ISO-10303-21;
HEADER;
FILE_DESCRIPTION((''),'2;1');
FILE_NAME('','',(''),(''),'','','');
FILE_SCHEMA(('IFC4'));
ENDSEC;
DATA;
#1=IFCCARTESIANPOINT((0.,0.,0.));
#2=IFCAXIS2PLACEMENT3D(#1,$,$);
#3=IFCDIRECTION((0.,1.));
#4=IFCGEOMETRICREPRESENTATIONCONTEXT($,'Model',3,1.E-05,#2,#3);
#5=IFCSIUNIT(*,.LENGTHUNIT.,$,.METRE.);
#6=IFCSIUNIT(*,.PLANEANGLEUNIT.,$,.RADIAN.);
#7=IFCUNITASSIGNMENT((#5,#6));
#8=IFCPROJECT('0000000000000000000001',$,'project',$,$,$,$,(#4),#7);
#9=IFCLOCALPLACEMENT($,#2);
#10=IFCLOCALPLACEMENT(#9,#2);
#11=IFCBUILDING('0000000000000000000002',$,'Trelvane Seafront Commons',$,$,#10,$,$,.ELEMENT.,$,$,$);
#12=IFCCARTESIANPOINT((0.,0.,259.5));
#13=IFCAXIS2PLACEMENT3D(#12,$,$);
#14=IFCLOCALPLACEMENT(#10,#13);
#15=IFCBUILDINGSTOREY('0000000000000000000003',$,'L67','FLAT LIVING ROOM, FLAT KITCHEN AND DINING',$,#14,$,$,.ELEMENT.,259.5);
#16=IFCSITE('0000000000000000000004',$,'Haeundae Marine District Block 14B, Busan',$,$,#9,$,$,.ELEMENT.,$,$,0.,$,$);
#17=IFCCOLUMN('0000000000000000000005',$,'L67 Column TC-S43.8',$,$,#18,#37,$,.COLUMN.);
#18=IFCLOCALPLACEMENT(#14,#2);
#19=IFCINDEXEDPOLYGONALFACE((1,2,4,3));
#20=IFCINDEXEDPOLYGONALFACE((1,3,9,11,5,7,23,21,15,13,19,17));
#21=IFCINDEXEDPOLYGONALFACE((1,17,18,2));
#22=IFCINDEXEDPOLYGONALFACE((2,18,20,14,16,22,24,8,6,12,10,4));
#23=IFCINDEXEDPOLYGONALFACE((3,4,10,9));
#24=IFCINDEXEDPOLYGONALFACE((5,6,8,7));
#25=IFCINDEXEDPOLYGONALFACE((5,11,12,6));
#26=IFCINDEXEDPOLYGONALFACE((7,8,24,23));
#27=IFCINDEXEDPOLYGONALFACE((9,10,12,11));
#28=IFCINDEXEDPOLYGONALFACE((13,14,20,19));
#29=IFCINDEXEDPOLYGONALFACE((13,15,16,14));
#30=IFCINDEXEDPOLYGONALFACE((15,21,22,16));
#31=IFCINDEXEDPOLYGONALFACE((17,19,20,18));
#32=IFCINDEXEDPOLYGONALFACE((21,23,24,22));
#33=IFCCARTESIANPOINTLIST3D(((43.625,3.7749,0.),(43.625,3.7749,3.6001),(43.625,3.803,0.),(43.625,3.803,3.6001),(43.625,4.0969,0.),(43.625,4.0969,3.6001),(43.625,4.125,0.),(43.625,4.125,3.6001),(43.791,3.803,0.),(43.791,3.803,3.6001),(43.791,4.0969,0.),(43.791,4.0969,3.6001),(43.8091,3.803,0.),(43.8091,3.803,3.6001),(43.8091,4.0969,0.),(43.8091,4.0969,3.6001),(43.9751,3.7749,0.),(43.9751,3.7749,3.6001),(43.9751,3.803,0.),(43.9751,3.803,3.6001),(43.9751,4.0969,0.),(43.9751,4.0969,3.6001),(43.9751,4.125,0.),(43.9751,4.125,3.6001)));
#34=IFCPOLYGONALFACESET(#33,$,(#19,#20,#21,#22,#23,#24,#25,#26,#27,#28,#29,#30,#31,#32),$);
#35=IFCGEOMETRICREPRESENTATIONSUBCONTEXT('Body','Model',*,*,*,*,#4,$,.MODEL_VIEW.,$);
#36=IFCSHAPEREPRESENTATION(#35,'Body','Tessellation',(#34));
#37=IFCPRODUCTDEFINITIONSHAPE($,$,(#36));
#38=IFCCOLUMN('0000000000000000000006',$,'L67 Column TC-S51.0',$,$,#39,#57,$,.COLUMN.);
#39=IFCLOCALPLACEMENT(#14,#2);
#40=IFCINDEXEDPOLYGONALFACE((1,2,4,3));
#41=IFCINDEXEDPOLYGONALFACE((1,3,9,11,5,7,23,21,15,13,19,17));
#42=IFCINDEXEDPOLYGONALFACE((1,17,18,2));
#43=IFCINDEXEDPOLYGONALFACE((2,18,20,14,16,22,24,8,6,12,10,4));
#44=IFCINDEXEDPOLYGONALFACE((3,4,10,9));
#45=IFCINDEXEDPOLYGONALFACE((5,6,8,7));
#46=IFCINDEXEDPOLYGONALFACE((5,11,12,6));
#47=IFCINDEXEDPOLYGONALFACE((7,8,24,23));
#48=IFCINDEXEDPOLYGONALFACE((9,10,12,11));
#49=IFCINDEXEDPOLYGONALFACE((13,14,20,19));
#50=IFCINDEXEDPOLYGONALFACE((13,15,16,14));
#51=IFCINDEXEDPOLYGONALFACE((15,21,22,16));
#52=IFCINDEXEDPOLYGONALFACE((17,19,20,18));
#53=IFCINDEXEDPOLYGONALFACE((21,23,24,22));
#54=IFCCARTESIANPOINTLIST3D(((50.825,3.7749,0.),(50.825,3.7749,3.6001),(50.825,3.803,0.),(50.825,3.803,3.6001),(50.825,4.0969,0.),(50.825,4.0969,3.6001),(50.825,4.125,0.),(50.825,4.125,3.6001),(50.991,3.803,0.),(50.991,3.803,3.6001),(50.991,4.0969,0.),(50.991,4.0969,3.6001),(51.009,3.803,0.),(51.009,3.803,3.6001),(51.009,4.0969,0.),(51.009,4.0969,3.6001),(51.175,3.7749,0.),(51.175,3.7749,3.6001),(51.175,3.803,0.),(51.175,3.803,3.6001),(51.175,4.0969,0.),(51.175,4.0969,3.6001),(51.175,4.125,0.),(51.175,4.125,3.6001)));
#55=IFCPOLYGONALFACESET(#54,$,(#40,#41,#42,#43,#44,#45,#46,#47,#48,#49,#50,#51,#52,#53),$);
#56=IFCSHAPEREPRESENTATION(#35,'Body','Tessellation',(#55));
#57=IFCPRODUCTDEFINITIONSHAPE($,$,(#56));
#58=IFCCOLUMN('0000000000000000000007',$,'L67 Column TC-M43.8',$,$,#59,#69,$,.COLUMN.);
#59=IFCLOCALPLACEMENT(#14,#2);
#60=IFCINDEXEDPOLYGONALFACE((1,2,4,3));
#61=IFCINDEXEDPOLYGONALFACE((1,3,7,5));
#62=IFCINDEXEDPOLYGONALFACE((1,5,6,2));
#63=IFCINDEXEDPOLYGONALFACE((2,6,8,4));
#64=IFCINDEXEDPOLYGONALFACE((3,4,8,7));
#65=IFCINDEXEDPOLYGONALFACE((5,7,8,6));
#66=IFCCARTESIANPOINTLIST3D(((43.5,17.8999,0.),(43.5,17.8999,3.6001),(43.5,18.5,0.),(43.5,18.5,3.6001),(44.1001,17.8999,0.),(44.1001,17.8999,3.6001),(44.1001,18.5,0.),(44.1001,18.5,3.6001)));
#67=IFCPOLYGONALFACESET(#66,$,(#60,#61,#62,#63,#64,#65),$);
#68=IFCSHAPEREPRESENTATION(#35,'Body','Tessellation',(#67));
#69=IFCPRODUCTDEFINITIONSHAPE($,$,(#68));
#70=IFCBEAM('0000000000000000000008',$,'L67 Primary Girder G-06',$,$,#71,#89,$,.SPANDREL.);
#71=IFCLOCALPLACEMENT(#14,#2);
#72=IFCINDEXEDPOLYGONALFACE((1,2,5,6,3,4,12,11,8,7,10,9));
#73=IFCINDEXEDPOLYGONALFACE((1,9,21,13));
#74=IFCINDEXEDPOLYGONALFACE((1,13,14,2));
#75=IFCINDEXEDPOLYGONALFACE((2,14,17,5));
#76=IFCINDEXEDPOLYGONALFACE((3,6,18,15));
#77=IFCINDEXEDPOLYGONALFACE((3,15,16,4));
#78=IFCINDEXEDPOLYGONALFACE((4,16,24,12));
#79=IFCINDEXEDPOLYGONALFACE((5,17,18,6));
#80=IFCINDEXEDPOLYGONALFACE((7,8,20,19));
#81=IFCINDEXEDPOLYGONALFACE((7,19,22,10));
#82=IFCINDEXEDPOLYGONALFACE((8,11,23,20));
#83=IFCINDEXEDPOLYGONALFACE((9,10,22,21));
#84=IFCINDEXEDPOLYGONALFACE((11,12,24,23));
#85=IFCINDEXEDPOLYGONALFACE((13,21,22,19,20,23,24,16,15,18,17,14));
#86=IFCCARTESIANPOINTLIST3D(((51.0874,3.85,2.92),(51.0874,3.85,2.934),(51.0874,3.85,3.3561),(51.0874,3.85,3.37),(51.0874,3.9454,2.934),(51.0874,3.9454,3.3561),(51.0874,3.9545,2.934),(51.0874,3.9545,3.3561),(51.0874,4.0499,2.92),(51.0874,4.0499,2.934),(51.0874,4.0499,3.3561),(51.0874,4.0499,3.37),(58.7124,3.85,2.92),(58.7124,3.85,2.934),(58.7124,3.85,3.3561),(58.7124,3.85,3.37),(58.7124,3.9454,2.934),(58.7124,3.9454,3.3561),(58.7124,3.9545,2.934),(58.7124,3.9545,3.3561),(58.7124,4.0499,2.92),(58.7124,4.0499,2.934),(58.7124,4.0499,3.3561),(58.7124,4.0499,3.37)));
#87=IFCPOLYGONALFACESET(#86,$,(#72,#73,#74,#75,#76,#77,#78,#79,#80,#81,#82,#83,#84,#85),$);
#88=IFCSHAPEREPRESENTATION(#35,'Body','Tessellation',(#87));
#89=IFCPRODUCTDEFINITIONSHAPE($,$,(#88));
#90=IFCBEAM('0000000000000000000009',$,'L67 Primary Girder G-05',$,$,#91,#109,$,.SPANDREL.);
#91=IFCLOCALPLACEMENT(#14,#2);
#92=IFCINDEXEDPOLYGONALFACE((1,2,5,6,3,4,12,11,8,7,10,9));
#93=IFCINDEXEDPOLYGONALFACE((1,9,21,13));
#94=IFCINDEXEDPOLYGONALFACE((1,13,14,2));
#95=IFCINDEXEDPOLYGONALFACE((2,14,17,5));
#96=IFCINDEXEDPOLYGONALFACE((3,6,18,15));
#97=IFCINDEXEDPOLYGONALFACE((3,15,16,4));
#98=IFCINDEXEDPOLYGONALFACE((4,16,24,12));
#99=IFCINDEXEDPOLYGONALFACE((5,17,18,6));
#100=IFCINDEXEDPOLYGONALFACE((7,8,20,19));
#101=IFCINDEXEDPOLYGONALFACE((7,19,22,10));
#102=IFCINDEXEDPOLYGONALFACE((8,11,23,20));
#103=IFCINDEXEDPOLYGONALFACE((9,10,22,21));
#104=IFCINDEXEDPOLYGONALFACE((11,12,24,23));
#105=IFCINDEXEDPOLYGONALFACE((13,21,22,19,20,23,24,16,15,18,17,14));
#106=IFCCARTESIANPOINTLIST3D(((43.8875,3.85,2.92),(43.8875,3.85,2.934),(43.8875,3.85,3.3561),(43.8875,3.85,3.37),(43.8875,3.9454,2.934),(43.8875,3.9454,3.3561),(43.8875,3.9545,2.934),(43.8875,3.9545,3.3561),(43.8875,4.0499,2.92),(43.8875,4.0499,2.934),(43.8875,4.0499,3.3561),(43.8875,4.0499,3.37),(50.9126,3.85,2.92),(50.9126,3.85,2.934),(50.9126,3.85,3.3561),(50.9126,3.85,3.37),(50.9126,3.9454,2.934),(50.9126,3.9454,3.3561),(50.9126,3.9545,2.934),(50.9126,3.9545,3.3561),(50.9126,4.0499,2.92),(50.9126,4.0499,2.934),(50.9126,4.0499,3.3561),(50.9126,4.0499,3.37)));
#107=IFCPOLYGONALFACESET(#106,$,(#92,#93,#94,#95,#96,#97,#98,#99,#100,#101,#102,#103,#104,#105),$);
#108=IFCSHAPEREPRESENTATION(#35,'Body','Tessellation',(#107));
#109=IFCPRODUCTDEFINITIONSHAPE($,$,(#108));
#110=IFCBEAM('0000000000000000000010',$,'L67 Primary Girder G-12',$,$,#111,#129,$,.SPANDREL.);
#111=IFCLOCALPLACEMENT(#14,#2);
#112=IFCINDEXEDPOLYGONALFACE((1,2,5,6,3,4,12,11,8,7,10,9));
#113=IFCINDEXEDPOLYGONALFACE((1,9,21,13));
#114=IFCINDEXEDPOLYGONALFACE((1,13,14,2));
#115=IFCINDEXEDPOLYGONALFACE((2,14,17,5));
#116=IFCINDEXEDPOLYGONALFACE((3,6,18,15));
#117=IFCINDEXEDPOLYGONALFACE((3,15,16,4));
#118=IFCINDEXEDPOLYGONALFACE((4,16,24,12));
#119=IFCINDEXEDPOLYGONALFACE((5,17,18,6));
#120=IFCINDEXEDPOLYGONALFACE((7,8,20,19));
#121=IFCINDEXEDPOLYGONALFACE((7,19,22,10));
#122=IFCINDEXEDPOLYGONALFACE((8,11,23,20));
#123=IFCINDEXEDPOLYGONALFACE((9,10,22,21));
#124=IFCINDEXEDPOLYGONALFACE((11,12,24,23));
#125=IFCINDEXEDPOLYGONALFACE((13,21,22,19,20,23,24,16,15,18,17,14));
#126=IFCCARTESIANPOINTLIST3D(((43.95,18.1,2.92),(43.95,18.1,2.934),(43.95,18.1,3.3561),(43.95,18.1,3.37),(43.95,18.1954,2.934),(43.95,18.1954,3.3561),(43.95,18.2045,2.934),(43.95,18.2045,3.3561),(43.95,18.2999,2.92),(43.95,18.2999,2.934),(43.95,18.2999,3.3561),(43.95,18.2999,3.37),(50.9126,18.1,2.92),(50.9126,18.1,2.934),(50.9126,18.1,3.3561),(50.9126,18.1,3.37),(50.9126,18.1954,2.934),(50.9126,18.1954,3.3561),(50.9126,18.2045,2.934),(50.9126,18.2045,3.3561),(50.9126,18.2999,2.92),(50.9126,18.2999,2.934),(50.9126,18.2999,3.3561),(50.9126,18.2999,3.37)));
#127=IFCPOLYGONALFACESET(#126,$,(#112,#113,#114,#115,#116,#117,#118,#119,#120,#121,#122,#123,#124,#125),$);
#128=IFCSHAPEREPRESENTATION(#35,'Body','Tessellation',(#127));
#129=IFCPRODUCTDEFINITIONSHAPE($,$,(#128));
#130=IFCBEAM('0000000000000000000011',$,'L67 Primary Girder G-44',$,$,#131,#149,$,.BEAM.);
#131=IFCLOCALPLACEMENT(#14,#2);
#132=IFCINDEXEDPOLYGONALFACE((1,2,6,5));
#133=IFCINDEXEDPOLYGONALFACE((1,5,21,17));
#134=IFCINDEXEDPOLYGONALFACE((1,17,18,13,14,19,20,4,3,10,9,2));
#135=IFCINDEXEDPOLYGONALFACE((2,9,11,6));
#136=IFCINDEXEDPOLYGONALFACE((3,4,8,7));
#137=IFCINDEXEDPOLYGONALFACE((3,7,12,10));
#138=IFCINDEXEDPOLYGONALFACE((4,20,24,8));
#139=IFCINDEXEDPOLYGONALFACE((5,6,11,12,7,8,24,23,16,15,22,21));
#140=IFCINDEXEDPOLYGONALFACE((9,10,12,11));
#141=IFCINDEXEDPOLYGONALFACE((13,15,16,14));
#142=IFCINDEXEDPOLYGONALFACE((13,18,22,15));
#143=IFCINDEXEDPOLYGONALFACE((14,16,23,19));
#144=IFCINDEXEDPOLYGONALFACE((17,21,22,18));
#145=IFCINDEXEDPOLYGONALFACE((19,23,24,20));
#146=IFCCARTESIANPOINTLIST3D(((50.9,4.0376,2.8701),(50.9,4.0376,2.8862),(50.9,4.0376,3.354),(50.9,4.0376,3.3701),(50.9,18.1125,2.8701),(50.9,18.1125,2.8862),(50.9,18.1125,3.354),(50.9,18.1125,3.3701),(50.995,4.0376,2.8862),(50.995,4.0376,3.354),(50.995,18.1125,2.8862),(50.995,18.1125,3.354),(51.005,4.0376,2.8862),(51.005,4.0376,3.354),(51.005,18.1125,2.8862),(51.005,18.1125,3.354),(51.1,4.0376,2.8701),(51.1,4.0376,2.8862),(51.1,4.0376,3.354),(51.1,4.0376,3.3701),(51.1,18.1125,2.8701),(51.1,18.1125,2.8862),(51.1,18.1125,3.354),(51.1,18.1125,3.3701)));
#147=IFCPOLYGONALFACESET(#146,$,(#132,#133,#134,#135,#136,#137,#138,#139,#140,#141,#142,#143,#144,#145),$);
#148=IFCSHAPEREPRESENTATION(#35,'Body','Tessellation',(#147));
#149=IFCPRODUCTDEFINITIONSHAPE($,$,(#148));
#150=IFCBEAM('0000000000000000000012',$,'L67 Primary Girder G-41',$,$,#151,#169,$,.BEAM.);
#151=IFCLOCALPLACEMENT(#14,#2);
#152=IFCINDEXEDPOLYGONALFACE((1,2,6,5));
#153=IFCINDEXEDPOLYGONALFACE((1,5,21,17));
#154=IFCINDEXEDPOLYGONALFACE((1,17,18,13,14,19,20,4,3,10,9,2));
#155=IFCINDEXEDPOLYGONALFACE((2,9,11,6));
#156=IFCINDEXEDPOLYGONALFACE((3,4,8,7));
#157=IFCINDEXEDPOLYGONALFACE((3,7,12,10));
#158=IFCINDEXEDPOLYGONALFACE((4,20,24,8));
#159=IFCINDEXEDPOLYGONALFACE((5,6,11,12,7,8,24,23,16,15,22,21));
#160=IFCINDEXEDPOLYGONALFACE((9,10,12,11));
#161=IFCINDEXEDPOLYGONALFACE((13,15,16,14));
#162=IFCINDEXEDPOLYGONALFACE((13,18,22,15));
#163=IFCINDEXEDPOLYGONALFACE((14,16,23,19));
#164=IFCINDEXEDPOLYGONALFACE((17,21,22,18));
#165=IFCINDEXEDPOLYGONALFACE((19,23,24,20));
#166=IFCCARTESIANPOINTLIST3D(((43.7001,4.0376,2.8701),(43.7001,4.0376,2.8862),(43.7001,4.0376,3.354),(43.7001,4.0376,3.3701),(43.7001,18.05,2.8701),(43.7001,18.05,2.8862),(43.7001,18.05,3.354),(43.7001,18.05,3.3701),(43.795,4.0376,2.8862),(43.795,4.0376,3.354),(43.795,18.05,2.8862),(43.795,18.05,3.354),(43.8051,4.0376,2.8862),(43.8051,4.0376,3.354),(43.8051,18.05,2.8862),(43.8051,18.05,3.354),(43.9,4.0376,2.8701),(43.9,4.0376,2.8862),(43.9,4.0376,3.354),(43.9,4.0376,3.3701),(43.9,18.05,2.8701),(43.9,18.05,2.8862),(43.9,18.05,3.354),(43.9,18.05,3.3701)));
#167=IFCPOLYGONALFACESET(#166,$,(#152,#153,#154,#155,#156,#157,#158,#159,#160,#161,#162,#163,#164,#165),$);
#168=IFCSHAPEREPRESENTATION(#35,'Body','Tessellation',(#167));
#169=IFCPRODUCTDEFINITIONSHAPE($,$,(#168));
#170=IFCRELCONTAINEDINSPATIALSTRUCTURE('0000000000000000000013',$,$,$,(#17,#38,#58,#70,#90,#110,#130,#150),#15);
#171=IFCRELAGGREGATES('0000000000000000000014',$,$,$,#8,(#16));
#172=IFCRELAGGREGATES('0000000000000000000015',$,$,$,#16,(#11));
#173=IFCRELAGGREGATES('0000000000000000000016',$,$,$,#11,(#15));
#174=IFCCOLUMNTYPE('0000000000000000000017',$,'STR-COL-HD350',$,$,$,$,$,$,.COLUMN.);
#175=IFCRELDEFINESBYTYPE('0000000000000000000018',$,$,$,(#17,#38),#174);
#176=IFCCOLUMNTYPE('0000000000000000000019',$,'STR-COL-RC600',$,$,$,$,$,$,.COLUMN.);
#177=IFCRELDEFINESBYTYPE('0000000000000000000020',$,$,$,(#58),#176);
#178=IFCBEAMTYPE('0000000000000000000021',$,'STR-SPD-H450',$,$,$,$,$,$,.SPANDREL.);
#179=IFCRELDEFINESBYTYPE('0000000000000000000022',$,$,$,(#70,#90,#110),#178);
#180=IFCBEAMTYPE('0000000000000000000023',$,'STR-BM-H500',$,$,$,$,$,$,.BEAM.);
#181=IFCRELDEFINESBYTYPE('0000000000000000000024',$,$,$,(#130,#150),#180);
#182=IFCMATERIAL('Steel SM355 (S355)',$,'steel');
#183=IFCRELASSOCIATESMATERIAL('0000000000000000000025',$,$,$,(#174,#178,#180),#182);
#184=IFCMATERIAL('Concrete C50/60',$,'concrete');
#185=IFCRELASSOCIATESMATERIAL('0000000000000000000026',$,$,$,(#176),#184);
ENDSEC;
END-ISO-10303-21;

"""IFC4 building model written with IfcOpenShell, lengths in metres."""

from ifc_helpers import new_model, si_unit, direction, frame, origin, origin_2d, place, context, subcontext, project, spatial, rectangle, i_section, extrude, source, transform, mapped, material, material_profile, profile_set, type_object, element, save


model = new_model("IFC4")

# Units and contexts
model_context = context("Model", 3, precision=1e-05, world=origin(), true_north=direction((0.0, 1.0)))
body_context = subcontext(model_context, "Body", "Model", "MODEL_VIEW")
ifc_project = project(units=[si_unit("LENGTHUNIT", "METRE"), si_unit("PLANEANGLEUNIT", "RADIAN")], contexts=[model_context])

# Site, building, storey
site_placement = place(None, origin())
site = spatial("IfcSite", under=ifc_project, at=site_placement, Name="Haeundae Marine District Block 14B, Busan", CompositionType="ELEMENT", RefElevation=0.0)
building_placement = place(site_placement, origin())
building = spatial("IfcBuilding", under=site, at=building_placement, Name="Trelvane Seafront Commons", CompositionType="ELEMENT")
storey_placement = place(building_placement, frame((0.0, 0.0, 259.5)))
storey = spatial("IfcBuildingStorey", under=building, at=storey_placement, Name="L67", Description="FLAT LIVING ROOM, FLAT KITCHEN AND DINING", CompositionType="ELEMENT", Elevation=259.5)

# Columns
ifc_material_1 = material(Name="Steel SM355 (S355)", Category="steel")
ifc_material_profile_1 = material_profile(ifc_material_1, i_section(OverallWidth=0.3501, OverallDepth=0.3501, WebThickness=0.0181, FlangeThickness=0.0281, at=origin_2d()), Name="HD-350x350x18x28")
ifc_profile_set_1 = profile_set([ifc_material_profile_1], Name="Steel SM355 (S355)")
column_type_1 = type_object("IfcColumnType", Name="STR-COL-HD350", PredefinedType="COLUMN", material=ifc_profile_set_1)
shared_shape_1 = source(origin(), body_context, "Body", "SweptSolid", [
    extrude(i_section(OverallWidth=0.3501, OverallDepth=0.3501, WebThickness=0.0181, FlangeThickness=0.0281, at=origin_2d()), origin(), (0.0, 0.0, 1.0), 3.6001),
])
for number, where, z_axis, x_axis, name in (
    (1, (43.8, 3.95, 0.0), (0.0, 0.0, 1.0), (1.0, 0.0, 0.0), "L67 Column TC-S43.8"),
    (2, (51.0, 3.95, 0.0), (0.0, 0.0, 1.0), (1.0, 0.0, 0.0), "L67 Column TC-S51.0"),
):
    element("IfcColumn", number, at=place(storey_placement, frame(where, z_axis=z_axis, x_axis=x_axis)), inside=storey, type_object=column_type_1, Name=name, PredefinedType="COLUMN", context=body_context, shape_type="MappedRepresentation", body=[
        mapped(shared_shape_1, transform((0.0, 0.0, 0.0), x_axis=(1.0, 0.0, 0.0), y_axis=(0.0, 1.0, 0.0), z_axis=(0.0, 0.0, 1.0), scale=1.0)),
    ])
ifc_material_2 = material(Name="Concrete C50/60", Category="concrete")
ifc_material_profile_2 = material_profile(ifc_material_2, rectangle(XDim=0.6001, YDim=0.6001, at=origin_2d()), Name="RC-600x600")
ifc_profile_set_2 = profile_set([ifc_material_profile_2], Name="Concrete C50/60")
column_type_2 = type_object("IfcColumnType", Name="STR-COL-RC600", PredefinedType="COLUMN", material=ifc_profile_set_2)
shared_shape_2 = source(origin(), body_context, "Body", "SweptSolid", [
    extrude(rectangle(XDim=0.6001, YDim=0.6001, at=origin_2d()), origin(), (0.0, 0.0, 1.0), 3.6001),
])
column_placement = place(storey_placement, frame((43.8, 18.2, 0.0), z_axis=(0.0, 0.0, 1.0), x_axis=(1.0, 0.0, 0.0)))
element("IfcColumn", 3, at=column_placement, inside=storey, type_object=column_type_2, Name="L67 Column TC-M43.8", PredefinedType="COLUMN", context=body_context, shape_type="MappedRepresentation", body=[
    mapped(shared_shape_2, transform((0.0, 0.0, 0.0), x_axis=(1.0, 0.0, 0.0), y_axis=(0.0, 1.0, 0.0), z_axis=(0.0, 0.0, 1.0), scale=1.0)),
])

# Beams
ifc_material_profile_3 = material_profile(ifc_material_1, i_section(OverallWidth=0.2, OverallDepth=0.45, WebThickness=0.009, FlangeThickness=0.0139, at=origin_2d()), Name="H-450x200x9x14")
ifc_profile_set_3 = profile_set([ifc_material_profile_3], Name="Steel SM355 (S355)")
beam_type_1 = type_object("IfcBeamType", Name="STR-SPD-H450", PredefinedType="SPANDREL", material=ifc_profile_set_3)
shared_shape_3 = source(origin(), body_context, "Body", "SweptSolid", [
    extrude(i_section(OverallWidth=0.2, OverallDepth=0.45, WebThickness=0.009, FlangeThickness=0.0139, at=origin_2d()), origin(), (0.0, 0.0, 1.0), 7.625),
])
beam_1_placement = place(storey_placement, frame((51.0874, 3.95, 3.145), z_axis=(1.0, 0.0, 0.0), x_axis=(0.0, 1.0, 0.0)))
element("IfcBeam", 4, at=beam_1_placement, inside=storey, type_object=beam_type_1, Name="L67 Primary Girder G-06", PredefinedType="SPANDREL", context=body_context, shape_type="MappedRepresentation", body=[
    mapped(shared_shape_3, transform((0.0, 0.0, 0.0), x_axis=(1.0, 0.0, 0.0), y_axis=(0.0, 1.0, 0.0), z_axis=(0.0, 0.0, 1.0), scale=1.0)),
])
shared_shape_4 = source(origin(), body_context, "Body", "SweptSolid", [
    extrude(i_section(OverallWidth=0.2, OverallDepth=0.45, WebThickness=0.009, FlangeThickness=0.0139, at=origin_2d()), origin(), (0.0, 0.0, 1.0), 7.0251),
])
beam_2_placement = place(storey_placement, frame((43.8875, 3.95, 3.145), z_axis=(1.0, 0.0, 0.0), x_axis=(0.0, 1.0, 0.0)))
element("IfcBeam", 5, at=beam_2_placement, inside=storey, type_object=beam_type_1, Name="L67 Primary Girder G-05", PredefinedType="SPANDREL", context=body_context, shape_type="MappedRepresentation", body=[
    mapped(shared_shape_4, transform((0.0, 0.0, 0.0), x_axis=(1.0, 0.0, 0.0), y_axis=(0.0, 1.0, 0.0), z_axis=(0.0, 0.0, 1.0), scale=1.0)),
])
shared_shape_5 = source(origin(), body_context, "Body", "SweptSolid", [
    extrude(i_section(OverallWidth=0.2, OverallDepth=0.45, WebThickness=0.009, FlangeThickness=0.0139, at=origin_2d()), origin(), (0.0, 0.0, 1.0), 6.9626),
])
beam_3_placement = place(storey_placement, frame((43.95, 18.2, 3.145), z_axis=(1.0, 0.0, 0.0), x_axis=(0.0, 1.0, 0.0)))
element("IfcBeam", 6, at=beam_3_placement, inside=storey, type_object=beam_type_1, Name="L67 Primary Girder G-12", PredefinedType="SPANDREL", context=body_context, shape_type="MappedRepresentation", body=[
    mapped(shared_shape_5, transform((0.0, 0.0, 0.0), x_axis=(1.0, 0.0, 0.0), y_axis=(0.0, 1.0, 0.0), z_axis=(0.0, 0.0, 1.0), scale=1.0)),
])
ifc_material_profile_4 = material_profile(ifc_material_1, i_section(OverallWidth=0.2, OverallDepth=0.5, WebThickness=0.01, FlangeThickness=0.0161, at=origin_2d()), Name="H-500x200x10x16")
ifc_profile_set_4 = profile_set([ifc_material_profile_4], Name="Steel SM355 (S355)")
beam_type_2 = type_object("IfcBeamType", Name="STR-BM-H500", PredefinedType="BEAM", material=ifc_profile_set_4)
shared_shape_6 = source(origin(), body_context, "Body", "SweptSolid", [
    extrude(i_section(OverallWidth=0.2, OverallDepth=0.5, WebThickness=0.01, FlangeThickness=0.0161, at=origin_2d()), origin(), (0.0, 0.0, 1.0), 14.075),
])
beam_4_placement = place(storey_placement, frame((51.0, 4.0376, 3.1201), z_axis=(0.0, 1.0, 0.0), x_axis=(-1.0, 0.0, 0.0)))
element("IfcBeam", 7, at=beam_4_placement, inside=storey, type_object=beam_type_2, Name="L67 Primary Girder G-44", PredefinedType="BEAM", context=body_context, shape_type="MappedRepresentation", body=[
    mapped(shared_shape_6, transform((0.0, 0.0, 0.0), x_axis=(1.0, 0.0, 0.0), y_axis=(0.0, 1.0, 0.0), z_axis=(0.0, 0.0, 1.0), scale=1.0)),
])
shared_shape_7 = source(origin(), body_context, "Body", "SweptSolid", [
    extrude(i_section(OverallWidth=0.2, OverallDepth=0.5, WebThickness=0.01, FlangeThickness=0.0161, at=origin_2d()), origin(), (0.0, 0.0, 1.0), 14.0125),
])
beam_5_placement = place(storey_placement, frame((43.8, 4.0376, 3.1201), z_axis=(0.0, 1.0, 0.0), x_axis=(-1.0, 0.0, 0.0)))
element("IfcBeam", 8, at=beam_5_placement, inside=storey, type_object=beam_type_2, Name="L67 Primary Girder G-41", PredefinedType="BEAM", context=body_context, shape_type="MappedRepresentation", body=[
    mapped(shared_shape_7, transform((0.0, 0.0, 0.0), x_axis=(1.0, 0.0, 0.0), y_axis=(0.0, 1.0, 0.0), z_axis=(0.0, 0.0, 1.0), scale=1.0)),
])

save(model, "model.ifc")
